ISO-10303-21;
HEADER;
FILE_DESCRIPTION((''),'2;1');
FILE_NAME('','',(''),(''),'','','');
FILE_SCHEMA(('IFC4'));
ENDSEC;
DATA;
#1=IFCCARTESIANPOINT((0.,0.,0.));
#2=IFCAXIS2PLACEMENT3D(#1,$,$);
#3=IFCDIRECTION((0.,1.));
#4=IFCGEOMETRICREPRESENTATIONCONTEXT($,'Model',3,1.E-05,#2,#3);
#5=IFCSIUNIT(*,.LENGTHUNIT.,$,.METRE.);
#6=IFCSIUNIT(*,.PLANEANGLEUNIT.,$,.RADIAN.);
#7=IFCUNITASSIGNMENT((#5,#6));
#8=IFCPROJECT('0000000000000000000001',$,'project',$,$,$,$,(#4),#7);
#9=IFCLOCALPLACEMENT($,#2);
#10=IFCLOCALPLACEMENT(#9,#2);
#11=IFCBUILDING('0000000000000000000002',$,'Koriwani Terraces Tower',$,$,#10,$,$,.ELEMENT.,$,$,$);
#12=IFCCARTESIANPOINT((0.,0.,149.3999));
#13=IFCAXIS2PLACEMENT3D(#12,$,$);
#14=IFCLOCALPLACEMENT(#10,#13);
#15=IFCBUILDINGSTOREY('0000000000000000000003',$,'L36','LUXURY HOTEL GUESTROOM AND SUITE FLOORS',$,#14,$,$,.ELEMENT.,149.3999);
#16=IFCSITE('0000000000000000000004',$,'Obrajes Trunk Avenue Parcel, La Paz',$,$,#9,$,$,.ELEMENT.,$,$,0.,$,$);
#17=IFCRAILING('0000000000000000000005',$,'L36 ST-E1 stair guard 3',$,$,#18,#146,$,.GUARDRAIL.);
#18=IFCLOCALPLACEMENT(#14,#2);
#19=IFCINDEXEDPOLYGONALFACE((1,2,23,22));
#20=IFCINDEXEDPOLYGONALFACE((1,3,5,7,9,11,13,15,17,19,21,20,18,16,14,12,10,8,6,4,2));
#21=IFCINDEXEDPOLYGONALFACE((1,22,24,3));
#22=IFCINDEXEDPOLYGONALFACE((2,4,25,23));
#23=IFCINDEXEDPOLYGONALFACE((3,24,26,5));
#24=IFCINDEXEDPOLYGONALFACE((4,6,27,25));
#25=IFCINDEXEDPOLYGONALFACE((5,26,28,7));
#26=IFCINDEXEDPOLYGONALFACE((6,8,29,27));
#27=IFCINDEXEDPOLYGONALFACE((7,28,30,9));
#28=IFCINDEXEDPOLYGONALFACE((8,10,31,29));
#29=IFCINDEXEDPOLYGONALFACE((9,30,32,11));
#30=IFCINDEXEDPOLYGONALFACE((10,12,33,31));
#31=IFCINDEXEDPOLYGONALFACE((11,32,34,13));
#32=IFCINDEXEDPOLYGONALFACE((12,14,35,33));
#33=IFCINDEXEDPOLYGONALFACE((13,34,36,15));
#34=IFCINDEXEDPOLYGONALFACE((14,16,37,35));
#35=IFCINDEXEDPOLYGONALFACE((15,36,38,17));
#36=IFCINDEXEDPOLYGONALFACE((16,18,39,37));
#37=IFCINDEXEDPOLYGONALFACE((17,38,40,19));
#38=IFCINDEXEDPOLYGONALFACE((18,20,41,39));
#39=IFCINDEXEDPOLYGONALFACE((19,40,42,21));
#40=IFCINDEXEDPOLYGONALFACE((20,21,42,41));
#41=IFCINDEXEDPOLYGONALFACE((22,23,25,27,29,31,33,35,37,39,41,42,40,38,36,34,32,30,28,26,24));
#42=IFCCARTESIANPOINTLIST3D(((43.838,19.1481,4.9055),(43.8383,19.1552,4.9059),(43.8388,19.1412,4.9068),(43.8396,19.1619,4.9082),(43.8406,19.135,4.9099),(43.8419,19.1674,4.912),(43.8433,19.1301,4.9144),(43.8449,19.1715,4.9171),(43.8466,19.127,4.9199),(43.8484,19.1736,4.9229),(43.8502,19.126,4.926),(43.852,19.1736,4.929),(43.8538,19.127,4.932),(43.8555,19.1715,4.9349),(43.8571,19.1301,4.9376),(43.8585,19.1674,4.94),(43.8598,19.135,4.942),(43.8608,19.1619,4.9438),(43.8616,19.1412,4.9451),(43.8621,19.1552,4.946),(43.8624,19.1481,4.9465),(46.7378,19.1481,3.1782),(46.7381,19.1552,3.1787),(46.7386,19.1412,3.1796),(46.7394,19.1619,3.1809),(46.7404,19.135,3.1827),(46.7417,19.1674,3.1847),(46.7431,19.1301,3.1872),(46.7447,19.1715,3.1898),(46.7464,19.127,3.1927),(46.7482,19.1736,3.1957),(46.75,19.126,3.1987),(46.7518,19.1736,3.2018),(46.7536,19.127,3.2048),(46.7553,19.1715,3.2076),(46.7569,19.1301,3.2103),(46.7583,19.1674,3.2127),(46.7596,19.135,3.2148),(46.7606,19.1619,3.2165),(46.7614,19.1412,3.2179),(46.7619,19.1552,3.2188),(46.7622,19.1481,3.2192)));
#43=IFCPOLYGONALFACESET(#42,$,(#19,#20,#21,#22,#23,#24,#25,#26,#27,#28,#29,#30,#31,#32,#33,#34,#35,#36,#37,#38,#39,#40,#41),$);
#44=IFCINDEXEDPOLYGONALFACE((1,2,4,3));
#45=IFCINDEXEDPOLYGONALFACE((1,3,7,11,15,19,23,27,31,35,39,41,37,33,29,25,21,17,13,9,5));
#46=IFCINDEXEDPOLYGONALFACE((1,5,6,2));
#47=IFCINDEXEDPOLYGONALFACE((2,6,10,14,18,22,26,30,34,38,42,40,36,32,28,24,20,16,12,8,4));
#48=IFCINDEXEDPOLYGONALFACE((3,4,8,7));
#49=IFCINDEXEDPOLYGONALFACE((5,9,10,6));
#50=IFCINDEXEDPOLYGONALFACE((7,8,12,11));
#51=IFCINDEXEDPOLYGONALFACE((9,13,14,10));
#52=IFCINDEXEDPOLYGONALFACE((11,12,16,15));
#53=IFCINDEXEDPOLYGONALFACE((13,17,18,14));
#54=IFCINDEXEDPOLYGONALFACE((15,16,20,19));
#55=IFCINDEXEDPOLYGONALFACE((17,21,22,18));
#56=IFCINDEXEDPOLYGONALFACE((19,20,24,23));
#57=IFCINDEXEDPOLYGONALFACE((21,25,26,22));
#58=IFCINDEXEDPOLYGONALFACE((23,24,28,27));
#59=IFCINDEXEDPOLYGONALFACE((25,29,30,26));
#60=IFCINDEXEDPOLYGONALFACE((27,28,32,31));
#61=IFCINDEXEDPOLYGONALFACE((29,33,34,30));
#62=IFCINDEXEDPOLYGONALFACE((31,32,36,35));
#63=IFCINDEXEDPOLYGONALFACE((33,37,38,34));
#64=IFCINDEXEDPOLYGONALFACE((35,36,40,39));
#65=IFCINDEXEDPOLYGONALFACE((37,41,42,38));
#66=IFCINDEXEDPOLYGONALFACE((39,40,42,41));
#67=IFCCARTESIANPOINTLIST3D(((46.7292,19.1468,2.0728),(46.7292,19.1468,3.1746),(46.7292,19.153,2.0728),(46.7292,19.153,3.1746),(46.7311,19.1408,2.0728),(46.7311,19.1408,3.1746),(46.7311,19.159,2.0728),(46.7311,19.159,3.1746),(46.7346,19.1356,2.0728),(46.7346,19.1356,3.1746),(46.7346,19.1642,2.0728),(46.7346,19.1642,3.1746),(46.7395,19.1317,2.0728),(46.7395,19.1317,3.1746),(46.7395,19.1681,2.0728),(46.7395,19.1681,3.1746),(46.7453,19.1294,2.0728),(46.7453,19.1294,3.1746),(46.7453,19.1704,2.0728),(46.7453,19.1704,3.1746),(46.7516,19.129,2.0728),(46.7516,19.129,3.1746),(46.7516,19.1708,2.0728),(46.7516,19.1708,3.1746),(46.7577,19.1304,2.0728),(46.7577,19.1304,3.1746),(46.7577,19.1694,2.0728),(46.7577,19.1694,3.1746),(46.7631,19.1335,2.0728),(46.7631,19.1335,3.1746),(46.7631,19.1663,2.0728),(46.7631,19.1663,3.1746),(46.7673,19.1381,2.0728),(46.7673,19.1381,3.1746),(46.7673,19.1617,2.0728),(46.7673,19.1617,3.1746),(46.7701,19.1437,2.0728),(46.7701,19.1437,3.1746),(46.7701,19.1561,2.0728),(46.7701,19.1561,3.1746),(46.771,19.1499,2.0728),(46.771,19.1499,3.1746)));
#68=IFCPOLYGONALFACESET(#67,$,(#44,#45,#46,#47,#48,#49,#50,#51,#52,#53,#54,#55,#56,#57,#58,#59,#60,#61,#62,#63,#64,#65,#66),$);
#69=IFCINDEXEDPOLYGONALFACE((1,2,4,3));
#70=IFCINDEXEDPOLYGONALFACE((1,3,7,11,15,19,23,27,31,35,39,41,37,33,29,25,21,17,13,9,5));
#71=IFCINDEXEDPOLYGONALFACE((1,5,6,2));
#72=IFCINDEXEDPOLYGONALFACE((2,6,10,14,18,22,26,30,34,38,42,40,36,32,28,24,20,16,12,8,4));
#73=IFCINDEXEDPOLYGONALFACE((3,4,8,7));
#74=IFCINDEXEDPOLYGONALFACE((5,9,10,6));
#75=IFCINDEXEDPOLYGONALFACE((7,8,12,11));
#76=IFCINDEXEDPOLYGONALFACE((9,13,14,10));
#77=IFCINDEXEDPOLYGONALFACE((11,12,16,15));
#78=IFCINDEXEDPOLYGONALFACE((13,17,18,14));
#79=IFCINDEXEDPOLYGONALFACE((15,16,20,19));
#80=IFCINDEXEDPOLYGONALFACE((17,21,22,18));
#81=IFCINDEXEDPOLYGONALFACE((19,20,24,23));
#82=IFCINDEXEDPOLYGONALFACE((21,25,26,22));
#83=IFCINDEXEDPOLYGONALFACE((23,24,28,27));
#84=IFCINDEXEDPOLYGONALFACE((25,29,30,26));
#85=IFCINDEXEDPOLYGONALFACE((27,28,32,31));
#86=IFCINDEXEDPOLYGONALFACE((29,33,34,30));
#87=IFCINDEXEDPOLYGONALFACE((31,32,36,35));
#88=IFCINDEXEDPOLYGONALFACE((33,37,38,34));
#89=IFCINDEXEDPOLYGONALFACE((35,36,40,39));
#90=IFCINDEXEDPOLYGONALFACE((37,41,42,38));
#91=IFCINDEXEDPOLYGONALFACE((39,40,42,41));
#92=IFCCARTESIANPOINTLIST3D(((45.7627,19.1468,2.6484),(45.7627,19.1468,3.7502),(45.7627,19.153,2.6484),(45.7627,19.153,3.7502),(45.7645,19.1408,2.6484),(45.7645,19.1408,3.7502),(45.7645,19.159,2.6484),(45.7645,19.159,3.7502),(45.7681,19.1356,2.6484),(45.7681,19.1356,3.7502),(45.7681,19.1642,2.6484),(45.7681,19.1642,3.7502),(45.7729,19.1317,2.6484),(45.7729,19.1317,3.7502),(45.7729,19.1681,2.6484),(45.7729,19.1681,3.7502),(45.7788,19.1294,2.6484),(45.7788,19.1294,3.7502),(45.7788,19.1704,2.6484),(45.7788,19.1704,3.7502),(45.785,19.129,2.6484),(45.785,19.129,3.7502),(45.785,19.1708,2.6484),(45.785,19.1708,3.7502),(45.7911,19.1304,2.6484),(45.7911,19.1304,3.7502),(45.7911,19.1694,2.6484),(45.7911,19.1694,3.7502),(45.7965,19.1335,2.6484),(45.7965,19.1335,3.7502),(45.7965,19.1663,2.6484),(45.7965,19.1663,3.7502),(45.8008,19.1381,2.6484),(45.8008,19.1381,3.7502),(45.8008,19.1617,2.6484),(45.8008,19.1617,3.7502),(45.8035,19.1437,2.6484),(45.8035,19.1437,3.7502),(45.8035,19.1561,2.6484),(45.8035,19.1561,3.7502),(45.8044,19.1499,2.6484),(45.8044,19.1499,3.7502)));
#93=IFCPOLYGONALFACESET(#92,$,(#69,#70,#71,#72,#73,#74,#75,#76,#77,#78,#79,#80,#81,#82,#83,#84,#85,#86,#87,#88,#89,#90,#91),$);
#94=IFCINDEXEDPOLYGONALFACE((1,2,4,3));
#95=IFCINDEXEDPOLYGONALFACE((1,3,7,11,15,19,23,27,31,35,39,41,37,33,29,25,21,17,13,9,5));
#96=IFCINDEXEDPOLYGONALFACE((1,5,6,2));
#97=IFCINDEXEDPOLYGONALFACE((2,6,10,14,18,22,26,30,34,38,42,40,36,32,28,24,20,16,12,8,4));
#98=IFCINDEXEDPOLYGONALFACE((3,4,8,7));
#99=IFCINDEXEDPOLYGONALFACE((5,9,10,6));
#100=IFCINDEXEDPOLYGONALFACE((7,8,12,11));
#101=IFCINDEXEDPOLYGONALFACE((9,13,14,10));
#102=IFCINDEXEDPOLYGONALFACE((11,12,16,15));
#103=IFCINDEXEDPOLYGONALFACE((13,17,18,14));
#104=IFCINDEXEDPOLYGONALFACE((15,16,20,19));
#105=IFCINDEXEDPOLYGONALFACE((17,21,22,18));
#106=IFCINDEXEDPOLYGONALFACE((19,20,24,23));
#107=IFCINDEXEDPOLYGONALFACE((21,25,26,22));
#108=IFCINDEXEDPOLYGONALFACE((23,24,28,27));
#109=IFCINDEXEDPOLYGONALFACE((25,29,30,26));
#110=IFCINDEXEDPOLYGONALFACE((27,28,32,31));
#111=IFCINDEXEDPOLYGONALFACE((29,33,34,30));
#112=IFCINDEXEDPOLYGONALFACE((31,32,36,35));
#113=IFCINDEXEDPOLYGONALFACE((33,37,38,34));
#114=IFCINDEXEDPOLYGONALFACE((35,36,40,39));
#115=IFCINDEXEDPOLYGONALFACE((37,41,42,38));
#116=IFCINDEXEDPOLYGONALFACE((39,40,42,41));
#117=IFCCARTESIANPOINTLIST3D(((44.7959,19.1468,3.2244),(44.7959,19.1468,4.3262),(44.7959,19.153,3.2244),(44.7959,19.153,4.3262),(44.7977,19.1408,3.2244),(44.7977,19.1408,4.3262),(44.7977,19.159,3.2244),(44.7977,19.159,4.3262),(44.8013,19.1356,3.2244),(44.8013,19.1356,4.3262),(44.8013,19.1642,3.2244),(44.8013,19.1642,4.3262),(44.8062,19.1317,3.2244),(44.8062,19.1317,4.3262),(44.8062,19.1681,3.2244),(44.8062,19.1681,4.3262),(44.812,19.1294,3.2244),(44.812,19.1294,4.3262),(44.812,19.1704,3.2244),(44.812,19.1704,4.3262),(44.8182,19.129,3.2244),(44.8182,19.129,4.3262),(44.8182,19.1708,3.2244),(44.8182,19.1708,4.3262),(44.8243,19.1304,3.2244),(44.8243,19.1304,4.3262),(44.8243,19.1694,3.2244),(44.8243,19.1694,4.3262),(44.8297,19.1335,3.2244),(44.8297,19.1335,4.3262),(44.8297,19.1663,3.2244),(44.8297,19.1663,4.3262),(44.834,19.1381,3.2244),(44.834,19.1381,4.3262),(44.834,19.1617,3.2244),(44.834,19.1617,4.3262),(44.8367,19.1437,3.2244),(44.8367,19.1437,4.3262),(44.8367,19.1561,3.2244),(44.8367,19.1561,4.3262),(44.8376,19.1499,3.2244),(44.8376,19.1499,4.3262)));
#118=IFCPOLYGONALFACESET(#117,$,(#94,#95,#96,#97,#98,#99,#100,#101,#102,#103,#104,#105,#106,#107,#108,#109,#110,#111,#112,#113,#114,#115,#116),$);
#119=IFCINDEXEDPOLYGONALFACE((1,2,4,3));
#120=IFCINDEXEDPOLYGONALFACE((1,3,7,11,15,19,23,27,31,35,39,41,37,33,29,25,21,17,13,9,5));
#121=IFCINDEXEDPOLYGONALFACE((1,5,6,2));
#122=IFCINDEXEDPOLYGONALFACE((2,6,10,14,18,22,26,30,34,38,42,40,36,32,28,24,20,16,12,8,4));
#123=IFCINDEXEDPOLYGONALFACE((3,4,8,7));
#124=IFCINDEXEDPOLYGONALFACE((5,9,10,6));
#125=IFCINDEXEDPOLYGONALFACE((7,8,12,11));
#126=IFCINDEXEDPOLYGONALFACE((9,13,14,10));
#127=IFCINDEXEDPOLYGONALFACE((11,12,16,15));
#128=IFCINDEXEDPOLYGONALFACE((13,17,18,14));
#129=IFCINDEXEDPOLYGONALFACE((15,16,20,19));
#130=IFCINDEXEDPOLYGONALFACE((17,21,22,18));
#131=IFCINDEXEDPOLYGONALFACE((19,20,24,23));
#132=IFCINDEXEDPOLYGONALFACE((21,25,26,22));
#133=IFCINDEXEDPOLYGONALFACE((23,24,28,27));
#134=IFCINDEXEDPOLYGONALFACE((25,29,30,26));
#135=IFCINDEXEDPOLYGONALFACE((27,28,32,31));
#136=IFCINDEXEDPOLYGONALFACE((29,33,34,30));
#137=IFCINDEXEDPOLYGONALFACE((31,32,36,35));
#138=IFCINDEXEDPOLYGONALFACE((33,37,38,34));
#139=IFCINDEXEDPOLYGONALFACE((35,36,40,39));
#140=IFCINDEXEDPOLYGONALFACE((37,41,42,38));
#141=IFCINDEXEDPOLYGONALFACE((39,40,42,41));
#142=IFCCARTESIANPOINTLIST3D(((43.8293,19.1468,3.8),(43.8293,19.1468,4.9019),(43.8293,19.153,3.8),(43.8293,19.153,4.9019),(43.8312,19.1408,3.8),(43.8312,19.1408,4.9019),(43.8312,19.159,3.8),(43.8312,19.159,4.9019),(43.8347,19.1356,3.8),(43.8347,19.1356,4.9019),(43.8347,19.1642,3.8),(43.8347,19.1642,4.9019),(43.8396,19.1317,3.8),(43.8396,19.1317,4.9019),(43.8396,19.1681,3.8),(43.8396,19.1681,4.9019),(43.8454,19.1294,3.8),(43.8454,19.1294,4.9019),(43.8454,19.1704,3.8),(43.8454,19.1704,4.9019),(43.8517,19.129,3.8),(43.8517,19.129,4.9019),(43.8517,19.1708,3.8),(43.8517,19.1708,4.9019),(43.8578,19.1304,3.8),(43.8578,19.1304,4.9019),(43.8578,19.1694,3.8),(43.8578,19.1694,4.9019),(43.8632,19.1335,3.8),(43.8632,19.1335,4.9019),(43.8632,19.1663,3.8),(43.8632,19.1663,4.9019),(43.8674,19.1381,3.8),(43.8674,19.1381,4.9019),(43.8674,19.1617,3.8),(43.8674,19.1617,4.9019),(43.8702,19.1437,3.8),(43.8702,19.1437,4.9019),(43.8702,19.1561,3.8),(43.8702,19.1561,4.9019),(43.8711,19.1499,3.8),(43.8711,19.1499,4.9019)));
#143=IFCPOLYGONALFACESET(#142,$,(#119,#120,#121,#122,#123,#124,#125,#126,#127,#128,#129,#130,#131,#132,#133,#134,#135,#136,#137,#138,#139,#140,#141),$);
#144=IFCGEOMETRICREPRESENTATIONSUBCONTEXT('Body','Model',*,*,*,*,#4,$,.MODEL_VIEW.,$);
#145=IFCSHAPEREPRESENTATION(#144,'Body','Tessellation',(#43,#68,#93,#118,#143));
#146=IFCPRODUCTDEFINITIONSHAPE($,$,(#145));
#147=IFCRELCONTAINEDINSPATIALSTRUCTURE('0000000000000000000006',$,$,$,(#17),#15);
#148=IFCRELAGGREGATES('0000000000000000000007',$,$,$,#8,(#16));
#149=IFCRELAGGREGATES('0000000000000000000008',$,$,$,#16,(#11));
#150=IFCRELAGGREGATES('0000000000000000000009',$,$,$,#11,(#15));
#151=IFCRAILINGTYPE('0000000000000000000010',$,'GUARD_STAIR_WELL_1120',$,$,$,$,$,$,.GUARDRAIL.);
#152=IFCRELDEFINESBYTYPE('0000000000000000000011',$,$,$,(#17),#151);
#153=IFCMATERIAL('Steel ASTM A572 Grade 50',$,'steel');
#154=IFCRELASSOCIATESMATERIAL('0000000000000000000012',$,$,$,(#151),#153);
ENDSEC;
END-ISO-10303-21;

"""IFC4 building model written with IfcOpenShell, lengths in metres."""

from ifc_helpers import new_model, si_unit, direction, frame, origin, origin_2d, place, context, subcontext, project, spatial, circle, extrude, material, type_object, element, save


model = new_model("IFC4")

# Units and contexts
model_context = context("Model", 3, precision=1e-05, world=origin(), true_north=direction((0.0, 1.0)))
body_context = subcontext(model_context, "Body", "Model", "MODEL_VIEW")
ifc_project = project(units=[si_unit("LENGTHUNIT", "METRE"), si_unit("PLANEANGLEUNIT", "RADIAN")], contexts=[model_context])

# Site, building, storey
site_placement = place(None, origin())
site = spatial("IfcSite", under=ifc_project, at=site_placement, Name="Obrajes Trunk Avenue Parcel, La Paz", CompositionType="ELEMENT", RefElevation=0.0)
building_placement = place(site_placement, origin())
building = spatial("IfcBuilding", under=site, at=building_placement, Name="Koriwani Terraces Tower", CompositionType="ELEMENT")
storey_placement = place(building_placement, frame((0.0, 0.0, 149.3999)))
storey = spatial("IfcBuildingStorey", under=building, at=storey_placement, Name="L36", Description="LUXURY HOTEL GUESTROOM AND SUITE FLOORS", CompositionType="ELEMENT", Elevation=149.3999)

# Shared definitions
ifc_material_1 = material(Name="Steel ASTM A572 Grade 50", Category="steel")

# Railing
railing_type_1 = type_object("IfcRailingType", Name="GUARD_STAIR_WELL_1120", PredefinedType="GUARDRAIL", material=ifc_material_1)
railing_1_placement = place(storey_placement, frame((46.75, 19.1499, 2.0728)))
element("IfcRailing", 1, at=railing_1_placement, inside=storey, type_object=railing_type_1, Name="L36 ST-E1 stair guard 3", PredefinedType="GUARDRAIL", context=body_context, shape_type="SweptSolid", body=[
    extrude(circle(Radius=0.0239, at=origin_2d()), frame((0.0, 0.0, 1.126), z_axis=(-0.859141, 0.0, 0.511738), x_axis=(0.0, -1.0, 0.0)), (0.0, 0.0, 1.0), 3.3752),
    extrude(circle(Radius=0.021, at=origin_2d()), origin(), (0.0, 0.0, 1.0), 1.1018),
    extrude(circle(Radius=0.021, at=origin_2d()), frame((-0.9666, 0.0, 0.5757)), (0.0, 0.0, 1.0), 1.1018),
    extrude(circle(Radius=0.021, at=origin_2d()), frame((-1.9333, 0.0, 1.1516)), (0.0, 0.0, 1.0), 1.1018),
    extrude(circle(Radius=0.021, at=origin_2d()), frame((-2.8999, 0.0, 1.7273)), (0.0, 0.0, 1.0), 1.1018),
])

save(model, "model.ifc")
